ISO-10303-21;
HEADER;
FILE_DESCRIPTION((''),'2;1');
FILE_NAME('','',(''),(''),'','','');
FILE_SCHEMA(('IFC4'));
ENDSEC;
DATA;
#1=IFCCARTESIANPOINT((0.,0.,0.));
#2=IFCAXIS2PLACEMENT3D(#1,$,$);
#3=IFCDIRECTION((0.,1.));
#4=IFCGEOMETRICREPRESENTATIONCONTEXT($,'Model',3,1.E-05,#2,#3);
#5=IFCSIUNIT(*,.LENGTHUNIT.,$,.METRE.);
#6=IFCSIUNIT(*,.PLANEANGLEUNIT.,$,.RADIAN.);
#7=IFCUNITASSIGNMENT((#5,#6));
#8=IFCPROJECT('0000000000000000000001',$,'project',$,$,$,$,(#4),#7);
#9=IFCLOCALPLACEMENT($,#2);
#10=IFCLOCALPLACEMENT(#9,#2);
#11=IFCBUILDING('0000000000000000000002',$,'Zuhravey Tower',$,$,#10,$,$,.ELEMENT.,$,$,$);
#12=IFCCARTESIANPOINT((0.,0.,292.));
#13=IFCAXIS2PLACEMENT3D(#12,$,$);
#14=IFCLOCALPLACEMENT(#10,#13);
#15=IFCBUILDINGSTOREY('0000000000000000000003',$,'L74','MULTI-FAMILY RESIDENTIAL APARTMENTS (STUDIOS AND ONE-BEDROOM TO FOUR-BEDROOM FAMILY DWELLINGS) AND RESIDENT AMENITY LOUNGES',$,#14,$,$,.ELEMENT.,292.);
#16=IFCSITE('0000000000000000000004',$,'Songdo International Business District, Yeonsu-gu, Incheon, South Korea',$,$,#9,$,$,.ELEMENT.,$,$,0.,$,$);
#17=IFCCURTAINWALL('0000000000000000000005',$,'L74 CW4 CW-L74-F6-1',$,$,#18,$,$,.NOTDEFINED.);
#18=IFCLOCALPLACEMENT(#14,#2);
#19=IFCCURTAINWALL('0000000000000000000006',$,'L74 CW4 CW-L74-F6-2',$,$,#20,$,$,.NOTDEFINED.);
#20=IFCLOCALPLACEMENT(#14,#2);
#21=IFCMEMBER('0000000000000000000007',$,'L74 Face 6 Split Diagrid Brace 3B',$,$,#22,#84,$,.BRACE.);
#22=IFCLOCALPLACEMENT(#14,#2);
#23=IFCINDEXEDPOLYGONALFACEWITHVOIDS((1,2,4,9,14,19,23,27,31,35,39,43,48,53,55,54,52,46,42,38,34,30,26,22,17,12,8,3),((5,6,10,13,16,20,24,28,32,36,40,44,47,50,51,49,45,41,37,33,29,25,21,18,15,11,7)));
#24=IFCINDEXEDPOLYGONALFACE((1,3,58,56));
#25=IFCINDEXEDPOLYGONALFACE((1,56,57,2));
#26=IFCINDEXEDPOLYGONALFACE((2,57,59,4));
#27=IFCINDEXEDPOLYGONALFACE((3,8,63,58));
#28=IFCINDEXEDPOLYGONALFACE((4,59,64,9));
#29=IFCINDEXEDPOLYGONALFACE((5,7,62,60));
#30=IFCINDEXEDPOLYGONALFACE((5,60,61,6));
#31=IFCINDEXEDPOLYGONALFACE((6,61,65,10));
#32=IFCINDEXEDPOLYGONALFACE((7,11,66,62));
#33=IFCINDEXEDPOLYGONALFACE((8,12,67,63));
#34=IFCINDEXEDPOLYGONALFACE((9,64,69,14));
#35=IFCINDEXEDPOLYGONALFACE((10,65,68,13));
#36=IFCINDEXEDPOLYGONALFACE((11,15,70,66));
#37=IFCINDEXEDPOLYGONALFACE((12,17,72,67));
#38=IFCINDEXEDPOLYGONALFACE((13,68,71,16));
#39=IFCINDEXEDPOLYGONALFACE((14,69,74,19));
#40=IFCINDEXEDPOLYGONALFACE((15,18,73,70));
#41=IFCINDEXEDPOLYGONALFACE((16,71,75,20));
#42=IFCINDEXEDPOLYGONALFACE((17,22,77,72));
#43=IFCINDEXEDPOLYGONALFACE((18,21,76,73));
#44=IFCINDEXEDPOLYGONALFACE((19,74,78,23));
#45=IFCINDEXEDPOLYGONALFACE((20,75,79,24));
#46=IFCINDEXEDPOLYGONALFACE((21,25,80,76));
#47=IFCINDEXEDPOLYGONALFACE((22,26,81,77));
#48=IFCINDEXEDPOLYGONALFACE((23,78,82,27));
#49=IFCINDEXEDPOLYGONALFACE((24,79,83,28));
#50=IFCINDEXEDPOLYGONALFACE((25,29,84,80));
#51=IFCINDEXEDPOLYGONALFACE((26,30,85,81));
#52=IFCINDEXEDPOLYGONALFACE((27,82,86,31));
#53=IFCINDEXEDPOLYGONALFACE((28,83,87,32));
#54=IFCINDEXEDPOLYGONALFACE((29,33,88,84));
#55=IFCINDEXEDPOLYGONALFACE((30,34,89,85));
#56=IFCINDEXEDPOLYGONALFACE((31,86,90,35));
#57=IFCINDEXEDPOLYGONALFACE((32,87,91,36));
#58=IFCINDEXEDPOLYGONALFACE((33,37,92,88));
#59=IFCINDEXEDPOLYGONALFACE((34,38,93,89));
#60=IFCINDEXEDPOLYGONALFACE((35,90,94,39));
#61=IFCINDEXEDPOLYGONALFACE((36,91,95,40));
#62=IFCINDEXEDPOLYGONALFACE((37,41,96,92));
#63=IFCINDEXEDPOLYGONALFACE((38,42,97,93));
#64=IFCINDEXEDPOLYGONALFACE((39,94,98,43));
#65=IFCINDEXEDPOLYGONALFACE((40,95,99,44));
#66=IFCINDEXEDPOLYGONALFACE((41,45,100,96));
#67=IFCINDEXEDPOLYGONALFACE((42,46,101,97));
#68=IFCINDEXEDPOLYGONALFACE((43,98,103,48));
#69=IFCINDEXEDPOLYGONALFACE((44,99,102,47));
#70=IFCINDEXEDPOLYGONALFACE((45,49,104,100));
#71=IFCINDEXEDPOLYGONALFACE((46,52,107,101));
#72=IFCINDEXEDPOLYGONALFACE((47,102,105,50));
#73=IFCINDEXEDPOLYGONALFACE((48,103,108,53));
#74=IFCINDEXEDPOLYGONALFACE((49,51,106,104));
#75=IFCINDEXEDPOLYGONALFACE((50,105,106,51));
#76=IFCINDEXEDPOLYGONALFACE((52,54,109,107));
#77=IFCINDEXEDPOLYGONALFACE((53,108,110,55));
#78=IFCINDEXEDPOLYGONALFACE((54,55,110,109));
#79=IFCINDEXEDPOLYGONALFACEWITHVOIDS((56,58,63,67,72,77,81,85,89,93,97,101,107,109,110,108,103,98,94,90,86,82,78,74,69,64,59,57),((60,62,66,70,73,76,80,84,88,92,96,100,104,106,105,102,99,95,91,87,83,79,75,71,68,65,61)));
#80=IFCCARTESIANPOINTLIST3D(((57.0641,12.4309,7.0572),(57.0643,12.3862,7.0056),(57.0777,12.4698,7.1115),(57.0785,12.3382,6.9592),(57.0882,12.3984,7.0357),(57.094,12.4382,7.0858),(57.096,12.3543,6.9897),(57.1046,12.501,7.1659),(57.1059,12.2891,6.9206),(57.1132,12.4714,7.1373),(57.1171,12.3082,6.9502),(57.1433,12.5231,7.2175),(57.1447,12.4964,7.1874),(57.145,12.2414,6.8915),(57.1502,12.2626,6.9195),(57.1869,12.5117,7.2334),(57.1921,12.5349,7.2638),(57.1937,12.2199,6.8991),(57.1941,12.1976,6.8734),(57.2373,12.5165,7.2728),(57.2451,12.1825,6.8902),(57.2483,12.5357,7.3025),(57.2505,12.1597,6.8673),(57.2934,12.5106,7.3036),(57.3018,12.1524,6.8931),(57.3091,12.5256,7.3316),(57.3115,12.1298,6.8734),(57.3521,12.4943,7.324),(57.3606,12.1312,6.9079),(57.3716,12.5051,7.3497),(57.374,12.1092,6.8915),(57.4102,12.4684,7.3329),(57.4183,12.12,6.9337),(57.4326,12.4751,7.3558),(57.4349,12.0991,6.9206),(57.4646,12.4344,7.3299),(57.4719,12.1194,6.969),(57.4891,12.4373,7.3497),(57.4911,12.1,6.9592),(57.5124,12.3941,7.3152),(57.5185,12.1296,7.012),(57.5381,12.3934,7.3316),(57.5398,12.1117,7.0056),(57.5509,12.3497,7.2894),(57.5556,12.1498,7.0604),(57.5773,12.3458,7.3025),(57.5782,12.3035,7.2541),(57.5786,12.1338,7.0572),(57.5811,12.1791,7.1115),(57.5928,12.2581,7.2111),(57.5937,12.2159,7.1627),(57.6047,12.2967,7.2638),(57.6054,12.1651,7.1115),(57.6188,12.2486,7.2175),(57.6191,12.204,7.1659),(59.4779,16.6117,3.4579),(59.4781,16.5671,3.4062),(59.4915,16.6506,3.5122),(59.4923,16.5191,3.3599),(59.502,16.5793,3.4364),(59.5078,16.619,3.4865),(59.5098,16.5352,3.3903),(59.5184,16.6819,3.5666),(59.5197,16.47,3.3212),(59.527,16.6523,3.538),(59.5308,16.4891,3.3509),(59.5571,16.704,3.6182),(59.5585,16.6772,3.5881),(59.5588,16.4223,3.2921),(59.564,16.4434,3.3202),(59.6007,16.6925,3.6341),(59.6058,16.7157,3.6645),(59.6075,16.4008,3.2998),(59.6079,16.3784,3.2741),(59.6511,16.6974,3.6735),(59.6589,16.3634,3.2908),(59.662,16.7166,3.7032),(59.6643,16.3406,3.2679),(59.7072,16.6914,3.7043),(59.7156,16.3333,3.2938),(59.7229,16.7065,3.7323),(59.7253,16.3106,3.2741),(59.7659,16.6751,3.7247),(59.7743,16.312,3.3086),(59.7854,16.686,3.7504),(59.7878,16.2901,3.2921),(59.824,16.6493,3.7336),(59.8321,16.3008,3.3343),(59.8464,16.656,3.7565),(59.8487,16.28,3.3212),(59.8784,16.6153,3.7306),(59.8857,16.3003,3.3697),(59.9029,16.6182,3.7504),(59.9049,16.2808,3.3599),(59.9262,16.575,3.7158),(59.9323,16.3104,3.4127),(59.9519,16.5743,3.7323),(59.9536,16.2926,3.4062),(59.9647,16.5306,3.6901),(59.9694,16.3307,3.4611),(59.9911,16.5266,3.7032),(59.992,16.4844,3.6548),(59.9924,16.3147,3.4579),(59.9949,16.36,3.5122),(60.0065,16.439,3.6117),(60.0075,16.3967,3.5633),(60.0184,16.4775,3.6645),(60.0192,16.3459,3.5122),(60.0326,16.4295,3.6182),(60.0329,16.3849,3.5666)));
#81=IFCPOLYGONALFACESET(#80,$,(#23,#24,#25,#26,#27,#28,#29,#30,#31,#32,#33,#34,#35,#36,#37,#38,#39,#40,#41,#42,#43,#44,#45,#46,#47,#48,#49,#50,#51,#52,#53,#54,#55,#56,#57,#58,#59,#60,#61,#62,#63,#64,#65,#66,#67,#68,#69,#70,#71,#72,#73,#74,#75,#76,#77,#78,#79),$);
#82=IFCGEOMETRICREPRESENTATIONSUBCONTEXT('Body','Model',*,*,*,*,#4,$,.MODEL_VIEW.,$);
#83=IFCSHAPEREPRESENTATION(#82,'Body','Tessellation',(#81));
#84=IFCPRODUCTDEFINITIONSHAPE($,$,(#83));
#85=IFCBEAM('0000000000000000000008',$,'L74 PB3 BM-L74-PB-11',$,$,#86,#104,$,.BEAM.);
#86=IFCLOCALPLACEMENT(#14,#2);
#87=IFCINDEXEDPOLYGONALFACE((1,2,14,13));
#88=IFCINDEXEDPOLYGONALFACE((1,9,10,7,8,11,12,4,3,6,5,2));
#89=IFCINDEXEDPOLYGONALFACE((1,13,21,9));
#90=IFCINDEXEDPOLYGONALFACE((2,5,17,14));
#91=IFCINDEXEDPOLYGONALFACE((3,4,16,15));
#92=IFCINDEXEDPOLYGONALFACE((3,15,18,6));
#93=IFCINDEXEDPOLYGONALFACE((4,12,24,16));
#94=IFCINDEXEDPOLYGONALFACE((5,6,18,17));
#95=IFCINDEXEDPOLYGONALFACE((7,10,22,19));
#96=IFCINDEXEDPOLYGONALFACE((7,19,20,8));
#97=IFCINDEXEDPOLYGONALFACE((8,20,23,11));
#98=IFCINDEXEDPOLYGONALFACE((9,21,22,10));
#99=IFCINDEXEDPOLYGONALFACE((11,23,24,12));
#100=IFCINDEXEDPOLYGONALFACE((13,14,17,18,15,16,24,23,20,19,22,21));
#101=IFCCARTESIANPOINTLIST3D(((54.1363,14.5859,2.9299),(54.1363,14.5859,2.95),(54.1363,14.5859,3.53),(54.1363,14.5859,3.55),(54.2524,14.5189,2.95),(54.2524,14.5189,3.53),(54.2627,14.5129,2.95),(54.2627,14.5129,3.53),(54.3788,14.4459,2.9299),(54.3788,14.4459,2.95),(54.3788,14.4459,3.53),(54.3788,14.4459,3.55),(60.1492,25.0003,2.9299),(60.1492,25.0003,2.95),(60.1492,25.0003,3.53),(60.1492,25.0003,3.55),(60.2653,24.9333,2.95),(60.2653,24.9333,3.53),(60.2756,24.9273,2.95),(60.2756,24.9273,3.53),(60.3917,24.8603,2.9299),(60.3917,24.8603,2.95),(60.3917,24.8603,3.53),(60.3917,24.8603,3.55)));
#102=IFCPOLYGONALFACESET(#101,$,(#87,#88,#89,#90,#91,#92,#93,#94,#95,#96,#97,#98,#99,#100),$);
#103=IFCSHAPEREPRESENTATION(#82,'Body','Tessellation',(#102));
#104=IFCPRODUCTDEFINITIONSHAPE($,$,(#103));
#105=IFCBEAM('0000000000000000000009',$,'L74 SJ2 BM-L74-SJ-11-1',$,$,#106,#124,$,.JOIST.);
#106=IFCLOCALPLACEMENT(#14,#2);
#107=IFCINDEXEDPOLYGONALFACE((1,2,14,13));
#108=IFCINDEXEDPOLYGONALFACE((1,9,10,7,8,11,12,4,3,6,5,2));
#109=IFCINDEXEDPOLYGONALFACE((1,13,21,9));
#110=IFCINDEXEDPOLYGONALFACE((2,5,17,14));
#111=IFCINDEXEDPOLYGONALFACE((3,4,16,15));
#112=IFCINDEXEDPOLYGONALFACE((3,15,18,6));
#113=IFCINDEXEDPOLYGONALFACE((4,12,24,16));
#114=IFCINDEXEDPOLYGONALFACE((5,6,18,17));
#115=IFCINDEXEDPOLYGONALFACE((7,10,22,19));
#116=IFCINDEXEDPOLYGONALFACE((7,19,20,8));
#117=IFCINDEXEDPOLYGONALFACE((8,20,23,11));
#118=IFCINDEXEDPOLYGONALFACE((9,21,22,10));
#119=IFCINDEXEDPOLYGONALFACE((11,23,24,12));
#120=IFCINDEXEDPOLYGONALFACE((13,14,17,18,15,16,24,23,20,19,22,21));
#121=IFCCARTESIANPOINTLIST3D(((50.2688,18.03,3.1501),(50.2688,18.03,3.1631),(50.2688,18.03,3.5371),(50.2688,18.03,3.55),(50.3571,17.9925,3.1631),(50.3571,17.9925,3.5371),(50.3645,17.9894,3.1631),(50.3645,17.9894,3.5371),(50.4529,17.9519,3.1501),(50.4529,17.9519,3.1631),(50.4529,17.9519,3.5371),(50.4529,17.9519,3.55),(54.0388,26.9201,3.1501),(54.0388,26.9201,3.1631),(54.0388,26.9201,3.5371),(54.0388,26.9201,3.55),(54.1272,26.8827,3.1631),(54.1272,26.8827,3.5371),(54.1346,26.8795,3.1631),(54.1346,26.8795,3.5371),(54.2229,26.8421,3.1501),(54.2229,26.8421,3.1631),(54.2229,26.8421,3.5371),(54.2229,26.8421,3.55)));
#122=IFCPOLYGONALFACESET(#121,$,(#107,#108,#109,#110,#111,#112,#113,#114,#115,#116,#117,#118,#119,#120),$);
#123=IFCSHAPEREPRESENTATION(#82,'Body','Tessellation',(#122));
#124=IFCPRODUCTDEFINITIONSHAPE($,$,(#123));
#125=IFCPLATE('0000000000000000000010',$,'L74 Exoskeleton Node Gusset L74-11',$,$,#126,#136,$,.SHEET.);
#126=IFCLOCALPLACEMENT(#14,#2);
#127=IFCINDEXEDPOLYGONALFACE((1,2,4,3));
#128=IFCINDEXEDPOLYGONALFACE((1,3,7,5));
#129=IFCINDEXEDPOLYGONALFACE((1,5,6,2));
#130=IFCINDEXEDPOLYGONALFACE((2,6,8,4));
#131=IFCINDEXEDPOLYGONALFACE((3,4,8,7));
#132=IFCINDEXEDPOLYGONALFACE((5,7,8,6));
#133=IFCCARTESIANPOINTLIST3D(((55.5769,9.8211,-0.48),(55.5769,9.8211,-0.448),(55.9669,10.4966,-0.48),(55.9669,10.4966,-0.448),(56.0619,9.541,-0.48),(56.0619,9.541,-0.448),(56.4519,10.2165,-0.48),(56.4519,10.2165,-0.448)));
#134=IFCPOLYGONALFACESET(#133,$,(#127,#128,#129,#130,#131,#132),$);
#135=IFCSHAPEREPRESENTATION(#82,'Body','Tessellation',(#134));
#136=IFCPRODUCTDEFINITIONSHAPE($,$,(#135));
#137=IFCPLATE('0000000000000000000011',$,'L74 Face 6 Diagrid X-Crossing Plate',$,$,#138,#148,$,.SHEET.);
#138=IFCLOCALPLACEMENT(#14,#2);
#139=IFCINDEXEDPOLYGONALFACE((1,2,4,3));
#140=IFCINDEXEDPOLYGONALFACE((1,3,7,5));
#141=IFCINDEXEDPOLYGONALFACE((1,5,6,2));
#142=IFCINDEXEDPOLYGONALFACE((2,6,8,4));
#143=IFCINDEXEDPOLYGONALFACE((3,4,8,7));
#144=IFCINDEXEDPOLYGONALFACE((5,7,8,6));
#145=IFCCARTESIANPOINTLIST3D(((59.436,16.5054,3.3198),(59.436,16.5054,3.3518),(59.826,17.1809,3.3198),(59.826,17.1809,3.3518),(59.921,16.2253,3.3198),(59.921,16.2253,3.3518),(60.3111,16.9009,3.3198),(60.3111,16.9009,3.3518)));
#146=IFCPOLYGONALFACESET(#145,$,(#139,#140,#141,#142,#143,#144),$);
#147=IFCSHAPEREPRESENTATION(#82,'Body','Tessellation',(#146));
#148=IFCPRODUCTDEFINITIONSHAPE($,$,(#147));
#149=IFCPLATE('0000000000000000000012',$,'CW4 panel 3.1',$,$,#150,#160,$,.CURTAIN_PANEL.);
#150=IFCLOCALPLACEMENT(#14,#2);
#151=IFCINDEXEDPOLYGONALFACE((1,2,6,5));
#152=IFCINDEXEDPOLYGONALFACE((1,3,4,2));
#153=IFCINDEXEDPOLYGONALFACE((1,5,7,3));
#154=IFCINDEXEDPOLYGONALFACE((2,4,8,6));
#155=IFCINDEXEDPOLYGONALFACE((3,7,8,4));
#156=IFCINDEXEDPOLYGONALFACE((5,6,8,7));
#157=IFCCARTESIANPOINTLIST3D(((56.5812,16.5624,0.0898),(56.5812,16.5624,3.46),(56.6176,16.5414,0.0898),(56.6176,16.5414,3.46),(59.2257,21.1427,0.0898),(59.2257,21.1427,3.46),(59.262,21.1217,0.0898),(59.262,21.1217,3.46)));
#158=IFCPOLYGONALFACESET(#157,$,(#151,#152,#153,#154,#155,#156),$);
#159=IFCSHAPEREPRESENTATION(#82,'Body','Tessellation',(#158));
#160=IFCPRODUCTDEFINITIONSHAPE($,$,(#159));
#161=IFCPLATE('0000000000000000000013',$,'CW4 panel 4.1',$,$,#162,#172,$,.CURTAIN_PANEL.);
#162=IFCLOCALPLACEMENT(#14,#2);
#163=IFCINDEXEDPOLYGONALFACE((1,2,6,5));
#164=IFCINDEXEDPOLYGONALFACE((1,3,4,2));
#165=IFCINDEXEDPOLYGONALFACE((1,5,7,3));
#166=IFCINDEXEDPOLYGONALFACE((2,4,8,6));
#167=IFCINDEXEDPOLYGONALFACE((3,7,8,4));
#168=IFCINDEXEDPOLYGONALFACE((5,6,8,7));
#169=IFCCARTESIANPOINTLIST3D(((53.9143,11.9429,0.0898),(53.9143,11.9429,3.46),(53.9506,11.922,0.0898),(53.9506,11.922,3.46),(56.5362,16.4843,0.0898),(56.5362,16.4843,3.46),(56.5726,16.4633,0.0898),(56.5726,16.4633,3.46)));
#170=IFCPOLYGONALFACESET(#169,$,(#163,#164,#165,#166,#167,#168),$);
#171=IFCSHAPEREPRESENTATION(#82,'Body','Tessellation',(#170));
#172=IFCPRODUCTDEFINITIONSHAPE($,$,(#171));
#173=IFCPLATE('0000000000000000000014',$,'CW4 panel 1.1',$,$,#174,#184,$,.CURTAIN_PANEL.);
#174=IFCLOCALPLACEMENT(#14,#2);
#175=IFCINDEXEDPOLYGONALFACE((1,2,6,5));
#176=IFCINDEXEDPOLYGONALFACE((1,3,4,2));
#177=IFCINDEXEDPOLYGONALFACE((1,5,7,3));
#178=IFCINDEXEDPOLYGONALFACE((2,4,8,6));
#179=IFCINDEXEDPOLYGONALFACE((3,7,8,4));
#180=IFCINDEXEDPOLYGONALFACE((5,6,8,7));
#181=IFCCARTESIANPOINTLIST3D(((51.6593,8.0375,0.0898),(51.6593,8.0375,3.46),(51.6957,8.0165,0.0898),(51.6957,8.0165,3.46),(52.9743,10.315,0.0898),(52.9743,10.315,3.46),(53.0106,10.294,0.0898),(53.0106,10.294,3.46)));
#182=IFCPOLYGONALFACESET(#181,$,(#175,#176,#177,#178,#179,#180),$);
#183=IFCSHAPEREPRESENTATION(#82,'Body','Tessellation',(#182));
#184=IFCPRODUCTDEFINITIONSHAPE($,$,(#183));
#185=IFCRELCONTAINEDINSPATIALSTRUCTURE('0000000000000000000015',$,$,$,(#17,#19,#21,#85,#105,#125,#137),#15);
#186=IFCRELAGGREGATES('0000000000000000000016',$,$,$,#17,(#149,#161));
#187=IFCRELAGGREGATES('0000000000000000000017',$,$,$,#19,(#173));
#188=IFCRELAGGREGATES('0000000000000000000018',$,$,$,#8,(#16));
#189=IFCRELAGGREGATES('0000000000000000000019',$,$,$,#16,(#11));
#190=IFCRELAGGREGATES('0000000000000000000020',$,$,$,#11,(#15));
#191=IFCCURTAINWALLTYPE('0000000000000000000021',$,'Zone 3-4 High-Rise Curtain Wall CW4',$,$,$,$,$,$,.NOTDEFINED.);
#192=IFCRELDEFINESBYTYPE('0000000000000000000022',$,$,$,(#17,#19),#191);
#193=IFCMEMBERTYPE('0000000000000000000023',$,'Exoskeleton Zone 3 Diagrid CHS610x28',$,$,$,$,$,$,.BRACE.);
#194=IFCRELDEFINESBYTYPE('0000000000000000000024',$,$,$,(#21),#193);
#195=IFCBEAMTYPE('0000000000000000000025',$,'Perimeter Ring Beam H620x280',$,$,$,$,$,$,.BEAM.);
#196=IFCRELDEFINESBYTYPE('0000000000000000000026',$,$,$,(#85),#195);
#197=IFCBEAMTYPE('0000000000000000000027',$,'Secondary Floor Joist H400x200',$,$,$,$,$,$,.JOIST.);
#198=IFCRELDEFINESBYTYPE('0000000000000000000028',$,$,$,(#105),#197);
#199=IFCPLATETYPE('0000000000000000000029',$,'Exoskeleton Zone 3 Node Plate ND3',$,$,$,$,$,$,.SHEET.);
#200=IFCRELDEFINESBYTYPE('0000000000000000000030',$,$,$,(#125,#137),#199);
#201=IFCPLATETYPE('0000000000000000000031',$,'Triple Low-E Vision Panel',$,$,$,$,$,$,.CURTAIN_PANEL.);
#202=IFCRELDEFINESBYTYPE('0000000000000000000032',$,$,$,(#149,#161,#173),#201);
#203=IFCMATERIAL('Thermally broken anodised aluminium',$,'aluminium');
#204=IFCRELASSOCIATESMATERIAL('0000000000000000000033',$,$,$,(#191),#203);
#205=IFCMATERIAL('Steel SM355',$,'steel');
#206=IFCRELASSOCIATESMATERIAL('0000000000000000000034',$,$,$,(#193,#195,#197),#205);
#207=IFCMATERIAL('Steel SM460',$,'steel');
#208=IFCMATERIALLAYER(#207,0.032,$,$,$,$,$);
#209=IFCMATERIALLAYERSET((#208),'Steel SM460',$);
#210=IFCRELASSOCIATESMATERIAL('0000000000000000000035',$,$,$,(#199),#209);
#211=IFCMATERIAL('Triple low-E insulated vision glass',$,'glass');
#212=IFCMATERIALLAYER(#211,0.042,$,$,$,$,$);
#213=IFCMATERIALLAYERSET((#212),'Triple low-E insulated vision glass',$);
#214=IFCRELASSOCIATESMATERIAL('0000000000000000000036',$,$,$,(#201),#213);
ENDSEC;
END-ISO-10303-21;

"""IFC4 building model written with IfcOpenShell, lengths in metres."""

from ifc_helpers import new_model, si_unit, direction, frame, origin, origin_2d, place, context, subcontext, project, spatial, rectangle, hollow_circle, i_section, extrude, material, layer, layer_set, material_profile, profile_set, type_object, element, aggregate, save


model = new_model("IFC4")

# Units and contexts
model_context = context("Model", 3, precision=1e-05, world=origin(), true_north=direction((0.0, 1.0)))
body_context = subcontext(model_context, "Body", "Model", "MODEL_VIEW")
ifc_project = project(units=[si_unit("LENGTHUNIT", "METRE"), si_unit("PLANEANGLEUNIT", "RADIAN")], contexts=[model_context])

# Site, building, storey
site_placement = place(None, origin())
site = spatial("IfcSite", under=ifc_project, at=site_placement, Name="Songdo International Business District, Yeonsu-gu, Incheon, South Korea", CompositionType="ELEMENT", RefElevation=0.0)
building_placement = place(site_placement, origin())
building = spatial("IfcBuilding", under=site, at=building_placement, Name="Zuhravey Tower", CompositionType="ELEMENT")
storey_placement = place(building_placement, frame((0.0, 0.0, 292.0)))
storey = spatial("IfcBuildingStorey", under=building, at=storey_placement, Name="L74", Description="MULTI-FAMILY RESIDENTIAL APARTMENTS (STUDIOS AND ONE-BEDROOM TO FOUR-BEDROOM FAMILY DWELLINGS) AND RESIDENT AMENITY LOUNGES", CompositionType="ELEMENT", Elevation=292.0)

# Curtain walls
ifc_material_1 = material(Name="Thermally broken anodised aluminium", Category="aluminium")
curtain_wall_type = type_object("IfcCurtainWallType", Name="Zone 3-4 High-Rise Curtain Wall CW4", PredefinedType="NOTDEFINED", material=ifc_material_1)
curtain_wall_1_placement = place(storey_placement, origin())
curtain_wall_1 = element("IfcCurtainWall", 1, at=curtain_wall_1_placement, inside=storey, type_object=curtain_wall_type, Name="L74 CW4 CW-L74-F6-1", PredefinedType="NOTDEFINED")
curtain_wall_2_placement = place(storey_placement, origin())
curtain_wall_2 = element("IfcCurtainWall", 2, at=curtain_wall_2_placement, inside=storey, type_object=curtain_wall_type, Name="L74 CW4 CW-L74-F6-2", PredefinedType="NOTDEFINED")

# Member
ifc_material_2 = material(Name="Steel SM355", Category="steel")
ifc_material_profile_1 = material_profile(ifc_material_2, hollow_circle(Radius=0.3047, WallThickness=0.0281, at=origin_2d()), Name="CHS-609.6x28")
ifc_profile_set_1 = profile_set([ifc_material_profile_1], Name="Steel SM355")
member_type_1 = type_object("IfcMemberType", Name="Exoskeleton Zone 3 Diagrid CHS610x28", PredefinedType="BRACE", material=ifc_profile_set_1)
member_1_placement = place(storey_placement, frame((59.7554, 16.4983, 3.5122), z_axis=(-0.400847, -0.694297, 0.597724), x_axis=(0.866028, -0.499995, 0.0)))
element("IfcMember", 3, at=member_1_placement, inside=storey, type_object=member_type_1, Name="L74 Face 6 Split Diagrid Brace 3B", PredefinedType="BRACE", context=body_context, shape_type="SweptSolid", body=[
    extrude(hollow_circle(Radius=0.3047, WallThickness=0.0281, at=origin_2d()), origin(), (0.0, 0.0, 1.0), 6.0217),
])

# Beams
ifc_material_profile_2 = material_profile(ifc_material_2, i_section(OverallWidth=0.28, OverallDepth=0.6201, WebThickness=0.012, FlangeThickness=0.02, at=origin_2d()), Name="H-620x280x12x20")
ifc_profile_set_2 = profile_set([ifc_material_profile_2], Name="Steel SM355")
beam_type_1 = type_object("IfcBeamType", Name="Perimeter Ring Beam H620x280", PredefinedType="BEAM", material=ifc_profile_set_2)
beam_1_placement = place(storey_placement, frame((54.2576, 14.5159, 3.24), z_axis=(0.500006, 0.866022, 0.0), x_axis=(-0.866022, 0.500006, 0.0)))
element("IfcBeam", 4, at=beam_1_placement, inside=storey, type_object=beam_type_1, Name="L74 PB3 BM-L74-PB-11", PredefinedType="BEAM", context=body_context, shape_type="SweptSolid", body=[
    extrude(i_section(OverallWidth=0.28, OverallDepth=0.6201, WebThickness=0.012, FlangeThickness=0.02, at=origin_2d()), origin(), (0.0, 0.0, 1.0), 12.0256),
])
ifc_material_profile_3 = material_profile(ifc_material_2, i_section(OverallWidth=0.2, OverallDepth=0.3999, WebThickness=0.0081, FlangeThickness=0.0129, at=origin_2d()), Name="H-400x200x8x13")
ifc_profile_set_3 = profile_set([ifc_material_profile_3], Name="Steel SM355")
beam_type_2 = type_object("IfcBeamType", Name="Secondary Floor Joist H400x200", PredefinedType="JOIST", material=ifc_profile_set_3)
beam_2_placement = place(storey_placement, frame((50.3608, 17.991, 3.3501), z_axis=(0.390413, 0.92064, 0.0), x_axis=(-0.92064, 0.390413, 0.0)))
element("IfcBeam", 5, at=beam_2_placement, inside=storey, type_object=beam_type_2, Name="L74 SJ2 BM-L74-SJ-11-1", PredefinedType="JOIST", context=body_context, shape_type="SweptSolid", body=[
    extrude(i_section(OverallWidth=0.2, OverallDepth=0.3999, WebThickness=0.0081, FlangeThickness=0.0129, at=origin_2d()), origin(), (0.0, 0.0, 1.0), 9.6565),
])

# Plates
ifc_material_3 = material(Name="Steel SM460", Category="steel")
ifc_layer_1 = layer(ifc_material_3, 0.032)
ifc_layer_set_1 = layer_set([ifc_layer_1], Name="Steel SM460")
plate_type_1 = type_object("IfcPlateType", Name="Exoskeleton Zone 3 Node Plate ND3", PredefinedType="SHEET", material=ifc_layer_set_1)
for number, where, z_axis, x_axis, name in (
    (6, (56.0144, 10.0188, -0.48), (0.0, 0.0, 1.0), (0.5, 0.866025, 0.0), "L74 Exoskeleton Node Gusset L74-11"),
    (7, (59.8735, 16.7031, 3.3198), (0.0, 0.0, 1.0), (0.5, 0.866025, 0.0), "L74 Face 6 Diagrid X-Crossing Plate"),
):
    element("IfcPlate", number, at=place(storey_placement, frame(where, z_axis=z_axis, x_axis=x_axis)), inside=storey, type_object=plate_type_1, Name=name, PredefinedType="SHEET", context=body_context, shape_type="SweptSolid", body=[
        extrude(rectangle(XDim=0.78, YDim=0.5601, at=origin_2d()), origin(), (0.0, 0.0, 1.0), 0.032),
    ])

# Plates
ifc_material_4 = material(Name="Triple low-E insulated vision glass", Category="glass")
ifc_layer_2 = layer(ifc_material_4, 0.042)
ifc_layer_set_2 = layer_set([ifc_layer_2], Name="Triple low-E insulated vision glass")
plate_type_2 = type_object("IfcPlateType", Name="Triple Low-E Vision Panel", PredefinedType="CURTAIN_PANEL", material=ifc_layer_set_2)
plate_1_placement = place(storey_placement, frame((57.9216, 18.842, 0.0898), z_axis=(0.0, 0.0, 1.0), x_axis=(-0.5, -0.866026, 0.0)))
plate_1 = element("IfcPlate", 8, at=plate_1_placement, type_object=plate_type_2, Name="CW4 panel 3.1", PredefinedType="CURTAIN_PANEL", context=body_context, shape_type="SweptSolid", body=[
    extrude(rectangle(XDim=5.2888, YDim=0.042, at=origin_2d()), origin(), (0.0, 0.0, 1.0), 3.3701),
])
plate_2_placement = place(storey_placement, frame((55.2434, 14.2031, 0.0898), z_axis=(0.0, 0.0, 1.0), x_axis=(-0.5, -0.866026, 0.0)))
plate_2 = element("IfcPlate", 9, at=plate_2_placement, type_object=plate_type_2, Name="CW4 panel 4.1", PredefinedType="CURTAIN_PANEL", context=body_context, shape_type="SweptSolid", body=[
    extrude(rectangle(XDim=5.2439, YDim=0.042, at=origin_2d()), origin(), (0.0, 0.0, 1.0), 3.3701),
])
aggregate(curtain_wall_1, [plate_1, plate_2])
plate_3_placement = place(storey_placement, frame((52.335, 9.1658, 0.0898), z_axis=(0.0, 0.0, 1.0), x_axis=(-0.500005, -0.866023, 0.0)))
plate_3 = element("IfcPlate", 10, at=plate_3_placement, type_object=plate_type_2, Name="CW4 panel 1.1", PredefinedType="CURTAIN_PANEL", context=body_context, shape_type="SweptSolid", body=[
    extrude(rectangle(XDim=2.6299, YDim=0.042, at=origin_2d()), origin(), (0.0, 0.0, 1.0), 3.3701),
])
aggregate(curtain_wall_2, [plate_3])

save(model, "model.ifc")
